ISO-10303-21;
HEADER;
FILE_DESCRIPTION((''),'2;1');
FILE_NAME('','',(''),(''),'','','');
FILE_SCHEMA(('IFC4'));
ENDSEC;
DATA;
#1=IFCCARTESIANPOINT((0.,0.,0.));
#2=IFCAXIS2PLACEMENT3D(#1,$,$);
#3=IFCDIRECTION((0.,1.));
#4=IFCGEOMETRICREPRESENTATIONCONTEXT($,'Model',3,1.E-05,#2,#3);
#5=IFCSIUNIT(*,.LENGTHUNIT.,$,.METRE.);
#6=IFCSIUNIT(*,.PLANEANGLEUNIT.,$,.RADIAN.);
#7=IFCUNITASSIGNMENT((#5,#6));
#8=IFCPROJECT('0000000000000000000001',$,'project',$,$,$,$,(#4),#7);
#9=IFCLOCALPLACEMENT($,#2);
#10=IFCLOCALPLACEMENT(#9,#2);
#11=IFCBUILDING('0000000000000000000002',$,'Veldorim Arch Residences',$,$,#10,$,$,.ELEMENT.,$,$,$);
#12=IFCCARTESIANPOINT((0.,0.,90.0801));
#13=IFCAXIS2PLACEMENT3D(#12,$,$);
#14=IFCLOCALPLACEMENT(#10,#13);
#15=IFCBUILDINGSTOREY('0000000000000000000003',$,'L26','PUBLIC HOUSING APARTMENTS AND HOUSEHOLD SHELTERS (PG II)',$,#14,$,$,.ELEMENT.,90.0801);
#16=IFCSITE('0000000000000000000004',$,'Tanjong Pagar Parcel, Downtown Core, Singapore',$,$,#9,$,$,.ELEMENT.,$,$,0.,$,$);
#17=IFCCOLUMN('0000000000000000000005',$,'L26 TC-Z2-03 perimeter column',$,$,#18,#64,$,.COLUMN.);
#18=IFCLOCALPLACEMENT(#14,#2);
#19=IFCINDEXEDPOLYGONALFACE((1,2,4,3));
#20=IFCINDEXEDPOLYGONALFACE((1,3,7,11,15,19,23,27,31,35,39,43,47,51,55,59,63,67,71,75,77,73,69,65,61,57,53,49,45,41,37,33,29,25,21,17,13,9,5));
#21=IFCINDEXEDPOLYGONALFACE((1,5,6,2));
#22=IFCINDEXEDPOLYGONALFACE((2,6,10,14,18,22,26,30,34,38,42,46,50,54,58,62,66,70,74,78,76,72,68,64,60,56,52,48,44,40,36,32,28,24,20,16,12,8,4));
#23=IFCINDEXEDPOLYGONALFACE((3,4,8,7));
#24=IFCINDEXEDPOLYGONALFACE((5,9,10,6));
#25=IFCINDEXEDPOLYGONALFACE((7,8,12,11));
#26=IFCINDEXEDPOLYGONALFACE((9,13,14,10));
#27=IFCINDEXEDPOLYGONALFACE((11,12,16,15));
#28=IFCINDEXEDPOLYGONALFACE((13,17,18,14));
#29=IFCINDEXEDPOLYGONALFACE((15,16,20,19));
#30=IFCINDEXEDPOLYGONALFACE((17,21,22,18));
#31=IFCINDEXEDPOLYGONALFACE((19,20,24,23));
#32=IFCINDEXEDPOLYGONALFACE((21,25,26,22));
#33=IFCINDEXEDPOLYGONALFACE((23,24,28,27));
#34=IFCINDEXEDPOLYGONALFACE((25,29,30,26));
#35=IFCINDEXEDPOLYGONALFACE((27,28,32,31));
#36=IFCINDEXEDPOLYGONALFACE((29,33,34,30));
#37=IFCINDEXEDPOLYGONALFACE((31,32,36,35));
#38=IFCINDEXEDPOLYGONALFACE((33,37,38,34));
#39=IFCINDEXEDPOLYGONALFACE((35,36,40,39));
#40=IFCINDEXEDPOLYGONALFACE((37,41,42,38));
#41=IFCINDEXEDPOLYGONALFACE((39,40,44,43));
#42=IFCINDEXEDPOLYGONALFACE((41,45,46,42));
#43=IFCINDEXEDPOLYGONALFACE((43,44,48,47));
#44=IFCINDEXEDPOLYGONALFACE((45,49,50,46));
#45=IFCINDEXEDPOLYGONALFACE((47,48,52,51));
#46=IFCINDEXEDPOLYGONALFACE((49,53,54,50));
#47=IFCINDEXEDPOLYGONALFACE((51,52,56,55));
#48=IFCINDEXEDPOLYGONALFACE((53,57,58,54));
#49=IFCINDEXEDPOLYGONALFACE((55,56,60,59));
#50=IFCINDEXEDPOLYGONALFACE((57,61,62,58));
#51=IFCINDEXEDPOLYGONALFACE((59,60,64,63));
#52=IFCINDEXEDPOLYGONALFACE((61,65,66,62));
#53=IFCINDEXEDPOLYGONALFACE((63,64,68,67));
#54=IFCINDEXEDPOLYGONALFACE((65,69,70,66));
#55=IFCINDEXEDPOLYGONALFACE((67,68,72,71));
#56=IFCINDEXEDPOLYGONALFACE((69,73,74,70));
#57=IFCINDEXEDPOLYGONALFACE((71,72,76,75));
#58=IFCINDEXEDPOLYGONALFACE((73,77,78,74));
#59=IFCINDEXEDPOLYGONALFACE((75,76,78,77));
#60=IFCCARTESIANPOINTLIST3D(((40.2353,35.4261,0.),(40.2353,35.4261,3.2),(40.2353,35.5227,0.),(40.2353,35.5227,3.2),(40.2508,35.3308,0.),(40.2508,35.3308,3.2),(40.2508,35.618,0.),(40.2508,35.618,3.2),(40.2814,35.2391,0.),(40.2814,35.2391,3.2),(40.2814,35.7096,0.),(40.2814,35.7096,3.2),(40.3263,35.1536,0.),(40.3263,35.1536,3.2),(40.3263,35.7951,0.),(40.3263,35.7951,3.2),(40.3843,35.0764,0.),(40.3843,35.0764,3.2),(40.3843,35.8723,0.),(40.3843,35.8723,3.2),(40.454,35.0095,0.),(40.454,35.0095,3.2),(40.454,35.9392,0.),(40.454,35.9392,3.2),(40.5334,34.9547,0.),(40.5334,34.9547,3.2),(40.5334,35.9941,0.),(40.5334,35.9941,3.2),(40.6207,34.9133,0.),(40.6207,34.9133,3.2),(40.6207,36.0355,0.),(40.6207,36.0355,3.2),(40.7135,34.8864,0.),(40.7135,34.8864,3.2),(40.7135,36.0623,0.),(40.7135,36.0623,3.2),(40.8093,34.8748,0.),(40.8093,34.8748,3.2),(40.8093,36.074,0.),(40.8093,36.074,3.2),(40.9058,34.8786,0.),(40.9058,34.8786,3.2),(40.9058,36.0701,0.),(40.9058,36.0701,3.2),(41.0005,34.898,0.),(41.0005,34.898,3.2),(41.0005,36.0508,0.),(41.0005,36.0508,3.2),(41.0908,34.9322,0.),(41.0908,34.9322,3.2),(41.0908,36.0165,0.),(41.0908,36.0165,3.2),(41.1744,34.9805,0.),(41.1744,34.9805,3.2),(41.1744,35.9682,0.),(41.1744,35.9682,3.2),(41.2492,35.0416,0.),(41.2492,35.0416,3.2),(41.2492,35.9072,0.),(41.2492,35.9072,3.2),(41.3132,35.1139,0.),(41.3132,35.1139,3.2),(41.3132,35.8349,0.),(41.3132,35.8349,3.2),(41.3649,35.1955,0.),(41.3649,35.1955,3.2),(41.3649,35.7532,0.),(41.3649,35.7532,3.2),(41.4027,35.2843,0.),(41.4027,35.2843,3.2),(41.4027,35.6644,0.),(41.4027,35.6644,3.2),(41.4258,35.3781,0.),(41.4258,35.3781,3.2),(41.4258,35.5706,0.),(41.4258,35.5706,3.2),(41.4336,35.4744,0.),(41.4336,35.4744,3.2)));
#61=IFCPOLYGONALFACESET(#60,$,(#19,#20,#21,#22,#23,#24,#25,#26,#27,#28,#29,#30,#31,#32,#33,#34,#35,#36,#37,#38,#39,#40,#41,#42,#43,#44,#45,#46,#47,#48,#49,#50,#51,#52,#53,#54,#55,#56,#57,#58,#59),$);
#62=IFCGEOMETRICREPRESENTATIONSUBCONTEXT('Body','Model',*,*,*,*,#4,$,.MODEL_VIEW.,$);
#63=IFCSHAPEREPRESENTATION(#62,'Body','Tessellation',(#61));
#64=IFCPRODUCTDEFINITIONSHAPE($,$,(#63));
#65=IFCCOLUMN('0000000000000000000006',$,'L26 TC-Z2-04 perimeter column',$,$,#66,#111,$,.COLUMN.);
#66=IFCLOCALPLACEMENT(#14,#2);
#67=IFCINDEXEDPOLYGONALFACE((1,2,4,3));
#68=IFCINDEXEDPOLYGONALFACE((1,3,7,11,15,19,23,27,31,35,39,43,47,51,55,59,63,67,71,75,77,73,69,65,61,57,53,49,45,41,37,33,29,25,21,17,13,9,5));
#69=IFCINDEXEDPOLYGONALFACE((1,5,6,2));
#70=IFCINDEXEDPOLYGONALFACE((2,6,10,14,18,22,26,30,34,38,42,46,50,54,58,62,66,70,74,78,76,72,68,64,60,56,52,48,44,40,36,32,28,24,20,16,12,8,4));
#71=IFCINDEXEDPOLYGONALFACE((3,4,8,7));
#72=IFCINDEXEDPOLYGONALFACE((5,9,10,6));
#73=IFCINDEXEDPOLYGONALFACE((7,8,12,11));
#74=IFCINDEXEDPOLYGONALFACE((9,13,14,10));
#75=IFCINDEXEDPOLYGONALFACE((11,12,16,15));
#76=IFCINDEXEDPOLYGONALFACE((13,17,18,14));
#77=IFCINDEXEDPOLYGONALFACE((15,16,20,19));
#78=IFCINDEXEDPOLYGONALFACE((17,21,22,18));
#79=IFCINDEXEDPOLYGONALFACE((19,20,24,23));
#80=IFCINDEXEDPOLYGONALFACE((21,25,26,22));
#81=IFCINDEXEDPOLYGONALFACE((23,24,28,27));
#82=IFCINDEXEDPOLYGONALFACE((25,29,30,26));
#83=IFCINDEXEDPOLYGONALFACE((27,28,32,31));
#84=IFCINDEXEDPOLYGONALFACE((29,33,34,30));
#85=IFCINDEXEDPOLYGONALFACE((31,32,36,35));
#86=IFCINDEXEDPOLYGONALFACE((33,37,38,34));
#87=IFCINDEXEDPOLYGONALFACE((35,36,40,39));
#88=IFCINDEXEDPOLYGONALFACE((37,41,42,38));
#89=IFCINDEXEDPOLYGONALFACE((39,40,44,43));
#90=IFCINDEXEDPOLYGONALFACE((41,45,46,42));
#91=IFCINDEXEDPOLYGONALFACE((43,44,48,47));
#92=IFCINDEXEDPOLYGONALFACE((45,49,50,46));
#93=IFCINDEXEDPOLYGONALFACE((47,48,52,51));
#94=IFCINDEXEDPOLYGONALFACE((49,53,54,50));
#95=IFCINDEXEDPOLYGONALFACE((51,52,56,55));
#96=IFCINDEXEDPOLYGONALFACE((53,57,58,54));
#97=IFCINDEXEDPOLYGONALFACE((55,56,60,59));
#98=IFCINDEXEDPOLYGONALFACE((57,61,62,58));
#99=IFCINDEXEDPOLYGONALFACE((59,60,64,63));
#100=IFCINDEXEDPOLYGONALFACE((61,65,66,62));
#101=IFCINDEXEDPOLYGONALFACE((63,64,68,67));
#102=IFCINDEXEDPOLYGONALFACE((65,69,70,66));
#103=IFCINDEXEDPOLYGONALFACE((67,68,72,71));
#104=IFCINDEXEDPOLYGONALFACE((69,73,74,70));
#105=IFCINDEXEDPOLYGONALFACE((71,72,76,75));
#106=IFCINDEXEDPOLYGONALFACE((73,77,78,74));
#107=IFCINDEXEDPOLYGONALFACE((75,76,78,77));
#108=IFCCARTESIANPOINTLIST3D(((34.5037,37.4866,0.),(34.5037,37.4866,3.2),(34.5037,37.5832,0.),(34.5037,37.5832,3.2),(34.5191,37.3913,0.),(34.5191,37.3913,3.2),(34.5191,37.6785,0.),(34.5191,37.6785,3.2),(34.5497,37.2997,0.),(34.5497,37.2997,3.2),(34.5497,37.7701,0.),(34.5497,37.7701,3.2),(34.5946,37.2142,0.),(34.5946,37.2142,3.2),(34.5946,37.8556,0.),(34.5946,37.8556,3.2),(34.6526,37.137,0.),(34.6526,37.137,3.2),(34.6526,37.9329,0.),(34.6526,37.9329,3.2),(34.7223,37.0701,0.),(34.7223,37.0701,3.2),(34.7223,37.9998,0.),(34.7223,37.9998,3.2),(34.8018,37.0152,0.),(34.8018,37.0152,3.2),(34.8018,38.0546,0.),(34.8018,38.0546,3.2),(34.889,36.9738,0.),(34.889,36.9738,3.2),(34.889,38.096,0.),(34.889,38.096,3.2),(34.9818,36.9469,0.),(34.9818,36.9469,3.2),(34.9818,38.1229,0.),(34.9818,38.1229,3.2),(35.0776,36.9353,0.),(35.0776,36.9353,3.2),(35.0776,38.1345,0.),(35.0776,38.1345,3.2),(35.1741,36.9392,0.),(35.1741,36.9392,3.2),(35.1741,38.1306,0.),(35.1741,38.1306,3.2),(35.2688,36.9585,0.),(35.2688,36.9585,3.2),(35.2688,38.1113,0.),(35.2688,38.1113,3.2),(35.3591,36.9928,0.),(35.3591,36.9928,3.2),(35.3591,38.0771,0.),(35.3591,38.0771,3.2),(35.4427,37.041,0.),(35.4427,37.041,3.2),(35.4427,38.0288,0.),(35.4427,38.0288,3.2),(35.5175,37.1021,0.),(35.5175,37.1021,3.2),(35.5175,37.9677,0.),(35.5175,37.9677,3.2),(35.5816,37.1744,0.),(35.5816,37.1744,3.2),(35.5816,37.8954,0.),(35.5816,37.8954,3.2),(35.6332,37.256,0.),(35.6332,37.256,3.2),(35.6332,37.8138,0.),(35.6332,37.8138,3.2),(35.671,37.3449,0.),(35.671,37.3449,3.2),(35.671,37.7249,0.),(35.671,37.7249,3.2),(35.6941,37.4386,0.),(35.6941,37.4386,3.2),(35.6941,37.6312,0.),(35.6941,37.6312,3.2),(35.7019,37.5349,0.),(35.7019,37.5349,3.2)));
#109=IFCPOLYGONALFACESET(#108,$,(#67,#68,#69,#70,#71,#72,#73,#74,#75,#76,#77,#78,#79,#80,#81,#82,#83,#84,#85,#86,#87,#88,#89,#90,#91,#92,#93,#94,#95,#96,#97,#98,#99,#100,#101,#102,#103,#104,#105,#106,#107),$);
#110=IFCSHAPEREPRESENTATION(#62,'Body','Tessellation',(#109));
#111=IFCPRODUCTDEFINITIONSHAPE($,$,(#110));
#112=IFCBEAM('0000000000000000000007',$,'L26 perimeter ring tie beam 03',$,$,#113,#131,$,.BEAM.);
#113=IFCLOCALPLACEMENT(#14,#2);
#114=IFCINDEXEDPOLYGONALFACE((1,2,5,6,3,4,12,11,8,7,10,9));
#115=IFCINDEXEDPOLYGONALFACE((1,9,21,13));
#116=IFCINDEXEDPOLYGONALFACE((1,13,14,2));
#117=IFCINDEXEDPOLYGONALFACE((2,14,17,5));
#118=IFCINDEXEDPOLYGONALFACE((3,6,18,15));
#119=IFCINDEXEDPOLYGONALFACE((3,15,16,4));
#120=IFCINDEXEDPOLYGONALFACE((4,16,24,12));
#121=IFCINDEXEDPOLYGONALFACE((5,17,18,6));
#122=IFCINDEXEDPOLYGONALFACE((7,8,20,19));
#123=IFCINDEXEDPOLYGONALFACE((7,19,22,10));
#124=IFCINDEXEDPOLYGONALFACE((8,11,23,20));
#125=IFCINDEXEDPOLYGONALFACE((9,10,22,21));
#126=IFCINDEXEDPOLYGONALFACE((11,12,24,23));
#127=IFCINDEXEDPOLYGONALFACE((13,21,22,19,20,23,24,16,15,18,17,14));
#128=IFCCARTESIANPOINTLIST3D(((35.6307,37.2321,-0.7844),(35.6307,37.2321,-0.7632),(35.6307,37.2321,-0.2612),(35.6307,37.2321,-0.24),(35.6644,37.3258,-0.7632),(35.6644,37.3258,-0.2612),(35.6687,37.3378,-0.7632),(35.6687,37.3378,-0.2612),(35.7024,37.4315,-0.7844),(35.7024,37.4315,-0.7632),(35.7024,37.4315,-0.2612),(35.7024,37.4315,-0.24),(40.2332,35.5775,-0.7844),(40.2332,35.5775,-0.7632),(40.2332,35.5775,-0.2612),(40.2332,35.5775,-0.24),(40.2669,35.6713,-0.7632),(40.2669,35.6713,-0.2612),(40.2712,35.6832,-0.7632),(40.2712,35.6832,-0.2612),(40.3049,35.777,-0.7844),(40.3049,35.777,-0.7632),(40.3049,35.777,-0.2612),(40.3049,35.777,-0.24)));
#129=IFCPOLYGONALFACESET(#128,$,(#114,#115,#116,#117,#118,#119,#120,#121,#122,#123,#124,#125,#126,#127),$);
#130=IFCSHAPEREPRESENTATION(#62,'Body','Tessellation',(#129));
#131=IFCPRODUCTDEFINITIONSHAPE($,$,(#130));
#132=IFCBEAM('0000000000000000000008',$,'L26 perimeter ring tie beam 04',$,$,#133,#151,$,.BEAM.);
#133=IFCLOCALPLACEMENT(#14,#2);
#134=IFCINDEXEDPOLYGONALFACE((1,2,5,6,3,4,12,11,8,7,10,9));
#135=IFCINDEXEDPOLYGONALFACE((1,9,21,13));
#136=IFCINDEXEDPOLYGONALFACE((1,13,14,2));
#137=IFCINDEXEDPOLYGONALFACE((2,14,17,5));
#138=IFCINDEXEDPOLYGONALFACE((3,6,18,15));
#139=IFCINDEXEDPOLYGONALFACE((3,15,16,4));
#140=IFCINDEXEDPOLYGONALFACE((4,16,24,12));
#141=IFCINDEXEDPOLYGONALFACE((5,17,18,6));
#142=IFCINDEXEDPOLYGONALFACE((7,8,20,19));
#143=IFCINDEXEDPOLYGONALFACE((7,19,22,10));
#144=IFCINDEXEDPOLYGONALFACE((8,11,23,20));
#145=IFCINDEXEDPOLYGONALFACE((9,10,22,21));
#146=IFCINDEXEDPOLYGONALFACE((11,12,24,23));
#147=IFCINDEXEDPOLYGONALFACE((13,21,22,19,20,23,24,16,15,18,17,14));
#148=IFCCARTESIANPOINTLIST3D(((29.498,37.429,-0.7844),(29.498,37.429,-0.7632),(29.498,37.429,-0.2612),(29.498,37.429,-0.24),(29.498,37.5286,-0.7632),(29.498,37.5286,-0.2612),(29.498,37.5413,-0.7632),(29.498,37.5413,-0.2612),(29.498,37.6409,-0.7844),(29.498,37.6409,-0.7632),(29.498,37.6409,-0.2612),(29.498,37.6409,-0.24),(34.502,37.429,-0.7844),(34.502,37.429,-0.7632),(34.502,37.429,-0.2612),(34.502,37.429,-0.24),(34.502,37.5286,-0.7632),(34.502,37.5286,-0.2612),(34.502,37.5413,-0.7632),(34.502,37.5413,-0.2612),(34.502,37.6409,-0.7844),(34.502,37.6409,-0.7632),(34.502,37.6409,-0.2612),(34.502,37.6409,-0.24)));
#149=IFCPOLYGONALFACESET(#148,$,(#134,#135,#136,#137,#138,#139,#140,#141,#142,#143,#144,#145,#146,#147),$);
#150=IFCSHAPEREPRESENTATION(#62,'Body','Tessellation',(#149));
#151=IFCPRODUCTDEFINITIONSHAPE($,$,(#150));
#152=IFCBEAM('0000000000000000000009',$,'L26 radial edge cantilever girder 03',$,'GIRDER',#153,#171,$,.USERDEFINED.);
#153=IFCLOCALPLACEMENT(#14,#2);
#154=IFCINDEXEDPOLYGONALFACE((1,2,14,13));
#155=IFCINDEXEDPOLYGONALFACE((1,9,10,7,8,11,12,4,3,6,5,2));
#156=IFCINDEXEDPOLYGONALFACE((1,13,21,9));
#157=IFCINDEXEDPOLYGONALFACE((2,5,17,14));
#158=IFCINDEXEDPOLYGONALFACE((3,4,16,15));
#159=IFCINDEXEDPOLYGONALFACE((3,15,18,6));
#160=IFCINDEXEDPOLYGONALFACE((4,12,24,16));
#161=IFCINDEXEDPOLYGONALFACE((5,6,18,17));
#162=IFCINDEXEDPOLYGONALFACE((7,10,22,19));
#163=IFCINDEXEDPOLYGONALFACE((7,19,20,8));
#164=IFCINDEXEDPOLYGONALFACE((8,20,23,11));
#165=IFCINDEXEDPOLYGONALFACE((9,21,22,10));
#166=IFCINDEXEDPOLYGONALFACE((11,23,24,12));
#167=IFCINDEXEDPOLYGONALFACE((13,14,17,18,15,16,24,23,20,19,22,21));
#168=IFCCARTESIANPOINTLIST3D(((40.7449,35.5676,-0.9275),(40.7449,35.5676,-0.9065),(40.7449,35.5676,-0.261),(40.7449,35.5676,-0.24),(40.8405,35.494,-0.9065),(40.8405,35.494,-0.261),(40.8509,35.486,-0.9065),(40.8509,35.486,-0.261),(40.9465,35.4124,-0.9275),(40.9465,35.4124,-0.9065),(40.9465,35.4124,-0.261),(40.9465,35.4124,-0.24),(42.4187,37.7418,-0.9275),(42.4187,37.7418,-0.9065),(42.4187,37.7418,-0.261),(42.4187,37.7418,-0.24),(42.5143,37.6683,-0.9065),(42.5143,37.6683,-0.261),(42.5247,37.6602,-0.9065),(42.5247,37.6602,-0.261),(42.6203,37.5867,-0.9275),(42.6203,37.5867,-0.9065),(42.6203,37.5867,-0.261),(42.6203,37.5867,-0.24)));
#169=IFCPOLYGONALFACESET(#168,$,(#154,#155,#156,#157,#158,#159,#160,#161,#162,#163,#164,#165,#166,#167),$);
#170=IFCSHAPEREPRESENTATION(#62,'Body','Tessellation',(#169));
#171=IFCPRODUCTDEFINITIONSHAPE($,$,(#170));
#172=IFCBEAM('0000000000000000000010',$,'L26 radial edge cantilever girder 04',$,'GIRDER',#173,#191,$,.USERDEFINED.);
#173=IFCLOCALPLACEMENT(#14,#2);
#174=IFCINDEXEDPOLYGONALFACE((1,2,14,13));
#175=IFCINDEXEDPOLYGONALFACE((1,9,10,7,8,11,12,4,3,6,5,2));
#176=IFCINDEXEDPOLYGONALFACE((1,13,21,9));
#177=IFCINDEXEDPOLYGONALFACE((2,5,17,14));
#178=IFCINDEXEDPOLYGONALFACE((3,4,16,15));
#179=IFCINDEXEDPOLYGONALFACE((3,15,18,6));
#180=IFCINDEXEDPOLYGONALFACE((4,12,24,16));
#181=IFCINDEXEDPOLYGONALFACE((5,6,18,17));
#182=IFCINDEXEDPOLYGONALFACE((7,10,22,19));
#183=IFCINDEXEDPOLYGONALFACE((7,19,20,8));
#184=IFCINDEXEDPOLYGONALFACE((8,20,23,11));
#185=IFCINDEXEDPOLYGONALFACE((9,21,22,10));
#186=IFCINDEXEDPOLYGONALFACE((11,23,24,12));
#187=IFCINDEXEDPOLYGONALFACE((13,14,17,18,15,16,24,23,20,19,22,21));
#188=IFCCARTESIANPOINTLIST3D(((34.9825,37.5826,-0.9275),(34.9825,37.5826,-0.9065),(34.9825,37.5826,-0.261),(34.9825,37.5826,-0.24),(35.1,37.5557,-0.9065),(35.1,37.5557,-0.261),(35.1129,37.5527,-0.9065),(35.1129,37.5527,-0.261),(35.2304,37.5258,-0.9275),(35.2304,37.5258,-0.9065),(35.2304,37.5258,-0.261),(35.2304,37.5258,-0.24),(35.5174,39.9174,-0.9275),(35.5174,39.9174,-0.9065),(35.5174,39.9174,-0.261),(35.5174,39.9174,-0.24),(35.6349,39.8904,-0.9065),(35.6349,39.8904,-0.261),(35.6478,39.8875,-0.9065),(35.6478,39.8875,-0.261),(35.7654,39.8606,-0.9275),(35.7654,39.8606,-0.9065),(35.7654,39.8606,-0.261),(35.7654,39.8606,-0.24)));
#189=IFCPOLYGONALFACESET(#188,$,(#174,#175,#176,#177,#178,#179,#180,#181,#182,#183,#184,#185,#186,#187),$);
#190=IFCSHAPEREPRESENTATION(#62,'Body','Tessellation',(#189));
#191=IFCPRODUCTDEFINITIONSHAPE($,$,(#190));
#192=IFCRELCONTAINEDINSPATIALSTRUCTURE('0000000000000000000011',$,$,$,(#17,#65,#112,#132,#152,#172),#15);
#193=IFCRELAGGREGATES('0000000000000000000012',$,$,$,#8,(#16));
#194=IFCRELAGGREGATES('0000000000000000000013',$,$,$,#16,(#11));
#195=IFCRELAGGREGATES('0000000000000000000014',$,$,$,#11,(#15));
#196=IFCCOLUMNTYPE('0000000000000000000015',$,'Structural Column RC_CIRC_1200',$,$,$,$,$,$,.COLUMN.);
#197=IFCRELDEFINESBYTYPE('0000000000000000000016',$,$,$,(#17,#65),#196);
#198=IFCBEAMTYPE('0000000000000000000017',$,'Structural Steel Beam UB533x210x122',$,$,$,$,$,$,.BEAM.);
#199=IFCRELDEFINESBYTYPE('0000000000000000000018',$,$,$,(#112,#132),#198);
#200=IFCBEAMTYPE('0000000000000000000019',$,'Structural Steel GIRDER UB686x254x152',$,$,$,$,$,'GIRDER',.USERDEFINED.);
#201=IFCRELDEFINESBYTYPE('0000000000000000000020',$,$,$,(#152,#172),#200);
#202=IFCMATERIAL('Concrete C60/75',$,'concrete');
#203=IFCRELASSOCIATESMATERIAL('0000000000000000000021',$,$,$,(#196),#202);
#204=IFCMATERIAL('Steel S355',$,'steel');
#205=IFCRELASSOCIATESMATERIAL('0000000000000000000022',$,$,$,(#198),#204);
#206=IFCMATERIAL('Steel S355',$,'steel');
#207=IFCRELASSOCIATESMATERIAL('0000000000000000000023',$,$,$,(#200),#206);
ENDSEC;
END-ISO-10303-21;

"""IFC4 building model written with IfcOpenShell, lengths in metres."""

from ifc_helpers import new_model, si_unit, direction, frame, origin, origin_2d, place, context, subcontext, project, spatial, circle, i_section, extrude, material, material_profile, profile_set, type_object, element, save


model = new_model("IFC4")

# Units and contexts
model_context = context("Model", 3, precision=1e-05, world=origin(), true_north=direction((0.0, 1.0)))
body_context = subcontext(model_context, "Body", "Model", "MODEL_VIEW")
ifc_project = project(units=[si_unit("LENGTHUNIT", "METRE"), si_unit("PLANEANGLEUNIT", "RADIAN")], contexts=[model_context])

# Site, building, storey
site_placement = place(None, origin())
site = spatial("IfcSite", under=ifc_project, at=site_placement, Name="Tanjong Pagar Parcel, Downtown Core, Singapore", CompositionType="ELEMENT", RefElevation=0.0)
building_placement = place(site_placement, origin())
building = spatial("IfcBuilding", under=site, at=building_placement, Name="Veldorim Arch Residences", CompositionType="ELEMENT")
storey_placement = place(building_placement, frame((0.0, 0.0, 90.0801)))
storey = spatial("IfcBuildingStorey", under=building, at=storey_placement, Name="L26", Description="PUBLIC HOUSING APARTMENTS AND HOUSEHOLD SHELTERS (PG II)", CompositionType="ELEMENT", Elevation=90.0801)

# Columns
ifc_material_1 = material(Name="Concrete C60/75", Category="concrete")
ifc_material_profile_1 = material_profile(ifc_material_1, circle(Radius=0.6001, at=origin_2d()), Name="RC_CIRC_1200")
ifc_profile_set_1 = profile_set([ifc_material_profile_1], Name="Concrete C60/75")
column_type = type_object("IfcColumnType", Name="Structural Column RC_CIRC_1200", PredefinedType="COLUMN", material=ifc_profile_set_1)
for number, where, z_axis, x_axis, name in (
    (1, (40.8335, 35.4744, 0.0), (0.0, 0.0, 1.0), (1.0, 0.0, 0.0), "L26 TC-Z2-03 perimeter column"),
    (2, (35.1018, 37.5349, 0.0), (0.0, 0.0, 1.0), (1.0, 0.0, 0.0), "L26 TC-Z2-04 perimeter column"),
):
    element("IfcColumn", number, at=place(storey_placement, frame(where, z_axis=z_axis, x_axis=x_axis)), inside=storey, type_object=column_type, Name=name, PredefinedType="COLUMN", context=body_context, shape_type="SweptSolid", body=[
        extrude(circle(Radius=0.6001, at=origin_2d()), origin(), (0.0, 0.0, 1.0), 3.2),
    ])

# Beams
ifc_material_2 = material(Name="Steel S355", Category="steel")
ifc_material_profile_2 = material_profile(ifc_material_2, i_section(OverallWidth=0.2119, OverallDepth=0.5444, WebThickness=0.0127, FlangeThickness=0.0212, at=origin_2d()), Name="UB533x210x122")
ifc_profile_set_2 = profile_set([ifc_material_profile_2], Name="Steel S355")
beam_type_1 = type_object("IfcBeamType", Name="Structural Steel Beam UB533x210x122", PredefinedType="BEAM", material=ifc_profile_set_2)
beam_1_placement = place(storey_placement, frame((40.269, 35.6772, -0.5122), z_axis=(-0.941042, 0.33829, 0.0), x_axis=(-0.33829, -0.941042, 0.0)))
element("IfcBeam", 3, at=beam_1_placement, inside=storey, type_object=beam_type_1, Name="L26 perimeter ring tie beam 03", PredefinedType="BEAM", context=body_context, shape_type="SweptSolid", body=[
    extrude(i_section(OverallWidth=0.2119, OverallDepth=0.5444, WebThickness=0.0127, FlangeThickness=0.0212, at=origin_2d()), origin(), (0.0, 0.0, 1.0), 4.8909),
])
beam_2_placement = place(storey_placement, frame((34.502, 37.5349, -0.5122), z_axis=(-1.0, 0.0, 0.0), x_axis=(0.0, -1.0, 0.0)))
element("IfcBeam", 4, at=beam_2_placement, inside=storey, type_object=beam_type_1, Name="L26 perimeter ring tie beam 04", PredefinedType="BEAM", context=body_context, shape_type="SweptSolid", body=[
    extrude(i_section(OverallWidth=0.2119, OverallDepth=0.5444, WebThickness=0.0127, FlangeThickness=0.0212, at=origin_2d()), origin(), (0.0, 0.0, 1.0), 5.0039),
])
ifc_material_3 = material(Name="Steel S355", Category="steel")
ifc_material_profile_3 = material_profile(ifc_material_3, i_section(OverallWidth=0.2544, OverallDepth=0.6875, WebThickness=0.0132, FlangeThickness=0.021, at=origin_2d()), Name="UB686x254x152")
ifc_profile_set_3 = profile_set([ifc_material_profile_3], Name="Steel S355")
beam_type_2 = type_object("IfcBeamType", Name="Structural Steel GIRDER UB686x254x152", ElementType="GIRDER", PredefinedType="USERDEFINED", material=ifc_profile_set_3)
beam_3_placement = place(storey_placement, frame((40.8457, 35.49, -0.5837), z_axis=(0.610003, 0.792399, 0.0), x_axis=(-0.792399, 0.610003, 0.0)))
element("IfcBeam", 5, at=beam_3_placement, inside=storey, type_object=beam_type_2, Name="L26 radial edge cantilever girder 03", ObjectType="GIRDER", PredefinedType="USERDEFINED", context=body_context, shape_type="SweptSolid", body=[
    extrude(i_section(OverallWidth=0.2544, OverallDepth=0.6875, WebThickness=0.0132, FlangeThickness=0.021, at=origin_2d()), origin(), (0.0, 0.0, 1.0), 2.7439),
])
beam_4_placement = place(storey_placement, frame((35.1064, 37.5542, -0.5837), z_axis=(0.223326, 0.974744, 0.0), x_axis=(-0.974744, 0.223326, 0.0)))
element("IfcBeam", 6, at=beam_4_placement, inside=storey, type_object=beam_type_2, Name="L26 radial edge cantilever girder 04", ObjectType="GIRDER", PredefinedType="USERDEFINED", context=body_context, shape_type="SweptSolid", body=[
    extrude(i_section(OverallWidth=0.2544, OverallDepth=0.6875, WebThickness=0.0132, FlangeThickness=0.021, at=origin_2d()), origin(), (0.0, 0.0, 1.0), 2.3953),
])

save(model, "model.ifc")
